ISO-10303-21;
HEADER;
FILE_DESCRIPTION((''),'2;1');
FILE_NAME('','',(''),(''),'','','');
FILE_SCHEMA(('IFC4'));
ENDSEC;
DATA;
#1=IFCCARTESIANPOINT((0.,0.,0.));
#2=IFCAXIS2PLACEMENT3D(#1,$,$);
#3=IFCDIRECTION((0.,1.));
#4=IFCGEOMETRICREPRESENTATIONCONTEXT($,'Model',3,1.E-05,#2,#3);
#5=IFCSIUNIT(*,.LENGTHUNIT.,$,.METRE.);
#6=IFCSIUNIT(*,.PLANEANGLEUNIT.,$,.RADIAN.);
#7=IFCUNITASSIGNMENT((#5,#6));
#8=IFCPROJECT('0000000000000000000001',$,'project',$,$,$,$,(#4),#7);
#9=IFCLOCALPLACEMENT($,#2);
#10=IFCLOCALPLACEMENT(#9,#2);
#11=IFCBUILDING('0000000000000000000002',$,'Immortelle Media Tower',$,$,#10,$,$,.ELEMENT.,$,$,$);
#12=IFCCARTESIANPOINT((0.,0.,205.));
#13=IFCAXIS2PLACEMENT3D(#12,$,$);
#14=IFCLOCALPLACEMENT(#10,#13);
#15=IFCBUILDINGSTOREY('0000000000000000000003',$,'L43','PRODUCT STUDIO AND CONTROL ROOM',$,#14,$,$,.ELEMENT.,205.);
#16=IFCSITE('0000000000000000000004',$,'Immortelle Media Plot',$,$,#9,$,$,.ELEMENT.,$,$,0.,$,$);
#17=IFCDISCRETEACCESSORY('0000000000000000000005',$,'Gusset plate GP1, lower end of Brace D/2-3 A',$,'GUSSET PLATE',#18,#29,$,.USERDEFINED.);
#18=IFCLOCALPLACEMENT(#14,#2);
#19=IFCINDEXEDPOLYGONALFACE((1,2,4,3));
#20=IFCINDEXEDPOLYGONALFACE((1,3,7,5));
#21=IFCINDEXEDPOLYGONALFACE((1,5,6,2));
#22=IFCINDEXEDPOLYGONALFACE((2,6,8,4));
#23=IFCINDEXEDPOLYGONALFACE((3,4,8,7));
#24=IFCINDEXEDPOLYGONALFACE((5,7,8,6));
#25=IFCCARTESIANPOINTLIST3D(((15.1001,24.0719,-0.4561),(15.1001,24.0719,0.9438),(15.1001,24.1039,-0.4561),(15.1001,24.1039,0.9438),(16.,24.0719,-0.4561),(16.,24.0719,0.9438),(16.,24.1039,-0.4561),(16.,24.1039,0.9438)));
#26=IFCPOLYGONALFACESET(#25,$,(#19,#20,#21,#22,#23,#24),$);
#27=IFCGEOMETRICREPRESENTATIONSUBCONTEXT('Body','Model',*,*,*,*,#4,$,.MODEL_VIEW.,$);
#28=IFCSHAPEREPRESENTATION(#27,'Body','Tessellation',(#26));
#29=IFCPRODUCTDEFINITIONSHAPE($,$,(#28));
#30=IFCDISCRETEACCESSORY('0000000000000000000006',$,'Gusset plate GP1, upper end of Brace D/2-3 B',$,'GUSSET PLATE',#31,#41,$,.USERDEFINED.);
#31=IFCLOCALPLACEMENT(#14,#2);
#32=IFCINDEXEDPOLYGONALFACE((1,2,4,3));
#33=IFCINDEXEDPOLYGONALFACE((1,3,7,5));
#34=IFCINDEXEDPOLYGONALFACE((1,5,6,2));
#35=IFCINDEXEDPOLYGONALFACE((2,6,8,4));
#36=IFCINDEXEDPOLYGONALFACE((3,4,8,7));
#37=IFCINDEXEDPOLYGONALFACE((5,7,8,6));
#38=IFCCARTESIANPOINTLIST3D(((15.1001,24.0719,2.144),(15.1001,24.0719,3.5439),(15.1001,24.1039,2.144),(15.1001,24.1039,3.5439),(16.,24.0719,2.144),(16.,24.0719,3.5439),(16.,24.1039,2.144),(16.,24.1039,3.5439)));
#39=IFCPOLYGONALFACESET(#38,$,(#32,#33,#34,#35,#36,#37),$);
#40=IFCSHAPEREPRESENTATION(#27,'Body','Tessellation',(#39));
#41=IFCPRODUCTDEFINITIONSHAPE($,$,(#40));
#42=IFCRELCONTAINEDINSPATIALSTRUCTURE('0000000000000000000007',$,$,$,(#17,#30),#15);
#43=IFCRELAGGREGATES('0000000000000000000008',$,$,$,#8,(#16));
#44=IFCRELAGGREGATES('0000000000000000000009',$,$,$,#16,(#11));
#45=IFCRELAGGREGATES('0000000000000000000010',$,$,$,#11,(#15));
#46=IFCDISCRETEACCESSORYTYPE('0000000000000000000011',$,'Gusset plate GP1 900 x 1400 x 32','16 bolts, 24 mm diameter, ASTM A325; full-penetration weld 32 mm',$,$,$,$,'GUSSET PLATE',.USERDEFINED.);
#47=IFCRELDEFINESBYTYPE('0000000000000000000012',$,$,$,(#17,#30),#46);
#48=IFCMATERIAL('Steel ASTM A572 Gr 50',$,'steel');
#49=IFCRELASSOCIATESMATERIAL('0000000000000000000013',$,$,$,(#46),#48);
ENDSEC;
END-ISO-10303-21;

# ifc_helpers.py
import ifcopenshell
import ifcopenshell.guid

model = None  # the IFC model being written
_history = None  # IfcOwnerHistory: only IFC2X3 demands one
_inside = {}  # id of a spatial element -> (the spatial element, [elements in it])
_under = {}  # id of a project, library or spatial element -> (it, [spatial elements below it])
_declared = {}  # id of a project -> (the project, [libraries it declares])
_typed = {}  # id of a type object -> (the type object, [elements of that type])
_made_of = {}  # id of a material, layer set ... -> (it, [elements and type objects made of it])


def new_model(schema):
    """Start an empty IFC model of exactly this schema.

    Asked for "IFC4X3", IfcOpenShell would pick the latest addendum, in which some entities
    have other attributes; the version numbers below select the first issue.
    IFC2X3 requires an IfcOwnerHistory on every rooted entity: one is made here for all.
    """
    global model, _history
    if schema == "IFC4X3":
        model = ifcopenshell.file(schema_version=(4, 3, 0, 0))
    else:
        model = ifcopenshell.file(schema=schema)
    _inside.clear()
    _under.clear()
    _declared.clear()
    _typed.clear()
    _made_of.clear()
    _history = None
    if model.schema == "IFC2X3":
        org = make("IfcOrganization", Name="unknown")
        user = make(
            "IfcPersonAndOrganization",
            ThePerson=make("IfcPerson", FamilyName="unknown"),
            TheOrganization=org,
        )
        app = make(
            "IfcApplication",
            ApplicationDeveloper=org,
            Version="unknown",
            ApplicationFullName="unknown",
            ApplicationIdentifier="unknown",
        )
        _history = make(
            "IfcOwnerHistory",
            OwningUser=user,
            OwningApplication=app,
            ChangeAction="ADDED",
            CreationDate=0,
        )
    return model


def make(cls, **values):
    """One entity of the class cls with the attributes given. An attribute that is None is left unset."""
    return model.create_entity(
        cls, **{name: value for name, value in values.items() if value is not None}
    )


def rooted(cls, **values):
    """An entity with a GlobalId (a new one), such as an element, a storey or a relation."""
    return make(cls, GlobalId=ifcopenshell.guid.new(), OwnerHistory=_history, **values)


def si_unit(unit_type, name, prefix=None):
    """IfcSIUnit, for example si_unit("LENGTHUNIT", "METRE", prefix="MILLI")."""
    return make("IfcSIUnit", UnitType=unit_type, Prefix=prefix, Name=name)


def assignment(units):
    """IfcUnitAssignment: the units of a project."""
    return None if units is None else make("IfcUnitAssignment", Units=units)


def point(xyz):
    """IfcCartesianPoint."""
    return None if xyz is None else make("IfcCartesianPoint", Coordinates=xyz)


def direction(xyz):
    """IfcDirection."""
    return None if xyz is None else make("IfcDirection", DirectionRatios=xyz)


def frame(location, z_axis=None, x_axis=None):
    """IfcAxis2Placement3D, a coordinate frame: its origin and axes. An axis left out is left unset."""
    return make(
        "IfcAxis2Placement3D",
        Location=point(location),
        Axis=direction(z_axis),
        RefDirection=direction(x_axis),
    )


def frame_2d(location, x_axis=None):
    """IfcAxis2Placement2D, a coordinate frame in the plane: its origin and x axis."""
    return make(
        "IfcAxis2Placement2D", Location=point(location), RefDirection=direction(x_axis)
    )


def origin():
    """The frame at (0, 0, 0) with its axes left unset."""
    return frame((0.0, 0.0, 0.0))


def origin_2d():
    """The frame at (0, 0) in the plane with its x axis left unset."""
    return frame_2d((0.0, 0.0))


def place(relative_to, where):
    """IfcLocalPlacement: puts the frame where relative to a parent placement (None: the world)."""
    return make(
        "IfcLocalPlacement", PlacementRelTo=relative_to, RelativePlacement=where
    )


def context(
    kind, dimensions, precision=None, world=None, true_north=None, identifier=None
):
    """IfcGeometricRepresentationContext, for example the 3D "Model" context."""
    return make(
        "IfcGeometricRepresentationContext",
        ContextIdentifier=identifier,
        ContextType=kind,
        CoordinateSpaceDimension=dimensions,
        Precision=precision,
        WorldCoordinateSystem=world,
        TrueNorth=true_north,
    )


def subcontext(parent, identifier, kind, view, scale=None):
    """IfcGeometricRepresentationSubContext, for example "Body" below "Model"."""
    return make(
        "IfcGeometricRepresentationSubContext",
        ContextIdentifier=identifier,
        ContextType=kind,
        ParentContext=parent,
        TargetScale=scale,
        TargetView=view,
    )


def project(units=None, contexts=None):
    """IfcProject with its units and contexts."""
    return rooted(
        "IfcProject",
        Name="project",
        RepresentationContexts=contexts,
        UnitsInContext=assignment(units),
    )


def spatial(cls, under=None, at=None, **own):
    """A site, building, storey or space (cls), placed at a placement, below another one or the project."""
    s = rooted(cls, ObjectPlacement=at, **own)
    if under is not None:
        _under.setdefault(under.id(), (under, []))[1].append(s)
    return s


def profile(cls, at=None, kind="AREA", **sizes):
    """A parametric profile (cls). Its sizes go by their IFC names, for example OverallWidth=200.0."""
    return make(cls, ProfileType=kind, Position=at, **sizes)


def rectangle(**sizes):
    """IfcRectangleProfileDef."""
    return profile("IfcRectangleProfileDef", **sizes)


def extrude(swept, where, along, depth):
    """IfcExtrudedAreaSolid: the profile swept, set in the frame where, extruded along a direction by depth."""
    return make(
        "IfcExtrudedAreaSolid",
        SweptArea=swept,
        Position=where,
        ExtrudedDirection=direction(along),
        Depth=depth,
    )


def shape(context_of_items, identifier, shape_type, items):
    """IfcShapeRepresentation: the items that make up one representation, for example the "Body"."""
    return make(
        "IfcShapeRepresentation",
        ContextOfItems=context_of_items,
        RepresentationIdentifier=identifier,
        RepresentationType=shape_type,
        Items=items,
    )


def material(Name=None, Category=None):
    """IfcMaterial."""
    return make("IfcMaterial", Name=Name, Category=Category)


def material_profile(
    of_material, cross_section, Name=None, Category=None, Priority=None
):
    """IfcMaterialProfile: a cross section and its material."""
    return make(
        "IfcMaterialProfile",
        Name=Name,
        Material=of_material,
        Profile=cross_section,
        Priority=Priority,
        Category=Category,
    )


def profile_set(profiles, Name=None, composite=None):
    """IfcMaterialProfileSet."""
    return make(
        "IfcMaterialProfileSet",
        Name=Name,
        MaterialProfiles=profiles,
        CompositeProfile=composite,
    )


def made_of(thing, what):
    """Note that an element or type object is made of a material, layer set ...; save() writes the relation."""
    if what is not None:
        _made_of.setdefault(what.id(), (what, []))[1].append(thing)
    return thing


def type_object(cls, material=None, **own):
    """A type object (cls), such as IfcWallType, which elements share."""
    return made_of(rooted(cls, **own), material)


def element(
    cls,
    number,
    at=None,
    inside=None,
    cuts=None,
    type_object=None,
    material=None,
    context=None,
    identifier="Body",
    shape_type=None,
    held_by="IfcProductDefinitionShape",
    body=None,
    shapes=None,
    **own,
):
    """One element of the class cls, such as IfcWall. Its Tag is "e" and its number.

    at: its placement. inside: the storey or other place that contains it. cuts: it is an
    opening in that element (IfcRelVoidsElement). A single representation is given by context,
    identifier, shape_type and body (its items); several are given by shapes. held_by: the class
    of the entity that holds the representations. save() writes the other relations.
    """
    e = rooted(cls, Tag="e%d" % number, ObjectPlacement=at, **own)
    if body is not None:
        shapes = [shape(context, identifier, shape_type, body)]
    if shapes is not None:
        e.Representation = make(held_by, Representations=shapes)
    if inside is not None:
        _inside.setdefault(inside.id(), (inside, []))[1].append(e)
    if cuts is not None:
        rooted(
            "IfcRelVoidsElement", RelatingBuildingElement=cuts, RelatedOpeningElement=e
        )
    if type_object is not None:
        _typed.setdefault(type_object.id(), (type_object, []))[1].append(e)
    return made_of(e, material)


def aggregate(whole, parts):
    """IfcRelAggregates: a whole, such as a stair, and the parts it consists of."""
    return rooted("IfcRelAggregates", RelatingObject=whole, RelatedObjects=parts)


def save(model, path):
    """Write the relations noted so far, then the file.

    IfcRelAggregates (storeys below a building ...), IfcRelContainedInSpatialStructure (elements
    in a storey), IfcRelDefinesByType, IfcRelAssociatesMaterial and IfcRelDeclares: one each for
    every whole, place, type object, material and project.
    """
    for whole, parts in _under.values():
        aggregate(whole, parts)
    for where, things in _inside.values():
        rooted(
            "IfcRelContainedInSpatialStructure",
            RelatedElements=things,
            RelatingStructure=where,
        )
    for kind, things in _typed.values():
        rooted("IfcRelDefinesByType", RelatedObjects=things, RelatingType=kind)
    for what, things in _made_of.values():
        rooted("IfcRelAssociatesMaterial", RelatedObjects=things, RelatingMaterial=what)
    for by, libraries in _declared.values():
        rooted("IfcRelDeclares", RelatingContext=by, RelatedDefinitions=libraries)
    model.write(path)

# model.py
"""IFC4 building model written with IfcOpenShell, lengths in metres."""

from ifc_helpers import new_model, si_unit, direction, frame, origin, origin_2d, place, context, subcontext, project, spatial, rectangle, extrude, material, material_profile, profile_set, type_object, element, save


model = new_model("IFC4")

# Units and contexts
model_context = context("Model", 3, precision=1e-05, world=origin(), true_north=direction((0.0, 1.0)))
body_context = subcontext(model_context, "Body", "Model", "MODEL_VIEW")
ifc_project = project(units=[si_unit("LENGTHUNIT", "METRE"), si_unit("PLANEANGLEUNIT", "RADIAN")], contexts=[model_context])

# Site, building, storey
site_placement = place(None, origin())
site = spatial("IfcSite", under=ifc_project, at=site_placement, Name="Immortelle Media Plot", CompositionType="ELEMENT", RefElevation=0.0)
building_placement = place(site_placement, origin())
building = spatial("IfcBuilding", under=site, at=building_placement, Name="Immortelle Media Tower", CompositionType="ELEMENT")
storey_placement = place(building_placement, frame((0.0, 0.0, 205.0)))
storey = spatial("IfcBuildingStorey", under=building, at=storey_placement, Name="L43", Description="PRODUCT STUDIO AND CONTROL ROOM", CompositionType="ELEMENT", Elevation=205.0)

# Discrete accessories
ifc_material_1 = material(Name="Steel ASTM A572 Gr 50", Category="steel")
ifc_material_profile_1 = material_profile(ifc_material_1, rectangle(XDim=0.032, YDim=1.3999, at=origin_2d()), Name="PL 32 x 1400")
ifc_profile_set_1 = profile_set([ifc_material_profile_1], Name="Steel ASTM A572 Gr 50")
discrete_accessory_type_1 = type_object("IfcDiscreteAccessoryType", Name="Gusset plate GP1 900 x 1400 x 32", Description="16 bolts, 24 mm diameter, ASTM A325; full-penetration weld 32 mm", ElementType="GUSSET PLATE", PredefinedType="USERDEFINED", material=ifc_profile_set_1)
for number, where, z_axis, x_axis, name in (
    (1, (16.0, 24.0879, 0.2439), (-1.0, 0.0, 0.0), (0.0, -1.0, 0.0), "Gusset plate GP1, lower end of Brace D/2-3 A"),
    (2, (16.0, 24.0879, 2.844), (-1.0, 0.0, 0.0), (0.0, -1.0, 0.0), "Gusset plate GP1, upper end of Brace D/2-3 B"),
):
    element("IfcDiscreteAccessory", number, at=place(storey_placement, frame(where, z_axis=z_axis, x_axis=x_axis)), inside=storey, type_object=discrete_accessory_type_1, Name=name, ObjectType="GUSSET PLATE", PredefinedType="USERDEFINED", context=body_context, shape_type="SweptSolid", body=[
        extrude(rectangle(XDim=0.032, YDim=1.3999, at=origin_2d()), origin(), (0.0, 0.0, 1.0), 0.8999),
    ])

save(model, "model.ifc")
